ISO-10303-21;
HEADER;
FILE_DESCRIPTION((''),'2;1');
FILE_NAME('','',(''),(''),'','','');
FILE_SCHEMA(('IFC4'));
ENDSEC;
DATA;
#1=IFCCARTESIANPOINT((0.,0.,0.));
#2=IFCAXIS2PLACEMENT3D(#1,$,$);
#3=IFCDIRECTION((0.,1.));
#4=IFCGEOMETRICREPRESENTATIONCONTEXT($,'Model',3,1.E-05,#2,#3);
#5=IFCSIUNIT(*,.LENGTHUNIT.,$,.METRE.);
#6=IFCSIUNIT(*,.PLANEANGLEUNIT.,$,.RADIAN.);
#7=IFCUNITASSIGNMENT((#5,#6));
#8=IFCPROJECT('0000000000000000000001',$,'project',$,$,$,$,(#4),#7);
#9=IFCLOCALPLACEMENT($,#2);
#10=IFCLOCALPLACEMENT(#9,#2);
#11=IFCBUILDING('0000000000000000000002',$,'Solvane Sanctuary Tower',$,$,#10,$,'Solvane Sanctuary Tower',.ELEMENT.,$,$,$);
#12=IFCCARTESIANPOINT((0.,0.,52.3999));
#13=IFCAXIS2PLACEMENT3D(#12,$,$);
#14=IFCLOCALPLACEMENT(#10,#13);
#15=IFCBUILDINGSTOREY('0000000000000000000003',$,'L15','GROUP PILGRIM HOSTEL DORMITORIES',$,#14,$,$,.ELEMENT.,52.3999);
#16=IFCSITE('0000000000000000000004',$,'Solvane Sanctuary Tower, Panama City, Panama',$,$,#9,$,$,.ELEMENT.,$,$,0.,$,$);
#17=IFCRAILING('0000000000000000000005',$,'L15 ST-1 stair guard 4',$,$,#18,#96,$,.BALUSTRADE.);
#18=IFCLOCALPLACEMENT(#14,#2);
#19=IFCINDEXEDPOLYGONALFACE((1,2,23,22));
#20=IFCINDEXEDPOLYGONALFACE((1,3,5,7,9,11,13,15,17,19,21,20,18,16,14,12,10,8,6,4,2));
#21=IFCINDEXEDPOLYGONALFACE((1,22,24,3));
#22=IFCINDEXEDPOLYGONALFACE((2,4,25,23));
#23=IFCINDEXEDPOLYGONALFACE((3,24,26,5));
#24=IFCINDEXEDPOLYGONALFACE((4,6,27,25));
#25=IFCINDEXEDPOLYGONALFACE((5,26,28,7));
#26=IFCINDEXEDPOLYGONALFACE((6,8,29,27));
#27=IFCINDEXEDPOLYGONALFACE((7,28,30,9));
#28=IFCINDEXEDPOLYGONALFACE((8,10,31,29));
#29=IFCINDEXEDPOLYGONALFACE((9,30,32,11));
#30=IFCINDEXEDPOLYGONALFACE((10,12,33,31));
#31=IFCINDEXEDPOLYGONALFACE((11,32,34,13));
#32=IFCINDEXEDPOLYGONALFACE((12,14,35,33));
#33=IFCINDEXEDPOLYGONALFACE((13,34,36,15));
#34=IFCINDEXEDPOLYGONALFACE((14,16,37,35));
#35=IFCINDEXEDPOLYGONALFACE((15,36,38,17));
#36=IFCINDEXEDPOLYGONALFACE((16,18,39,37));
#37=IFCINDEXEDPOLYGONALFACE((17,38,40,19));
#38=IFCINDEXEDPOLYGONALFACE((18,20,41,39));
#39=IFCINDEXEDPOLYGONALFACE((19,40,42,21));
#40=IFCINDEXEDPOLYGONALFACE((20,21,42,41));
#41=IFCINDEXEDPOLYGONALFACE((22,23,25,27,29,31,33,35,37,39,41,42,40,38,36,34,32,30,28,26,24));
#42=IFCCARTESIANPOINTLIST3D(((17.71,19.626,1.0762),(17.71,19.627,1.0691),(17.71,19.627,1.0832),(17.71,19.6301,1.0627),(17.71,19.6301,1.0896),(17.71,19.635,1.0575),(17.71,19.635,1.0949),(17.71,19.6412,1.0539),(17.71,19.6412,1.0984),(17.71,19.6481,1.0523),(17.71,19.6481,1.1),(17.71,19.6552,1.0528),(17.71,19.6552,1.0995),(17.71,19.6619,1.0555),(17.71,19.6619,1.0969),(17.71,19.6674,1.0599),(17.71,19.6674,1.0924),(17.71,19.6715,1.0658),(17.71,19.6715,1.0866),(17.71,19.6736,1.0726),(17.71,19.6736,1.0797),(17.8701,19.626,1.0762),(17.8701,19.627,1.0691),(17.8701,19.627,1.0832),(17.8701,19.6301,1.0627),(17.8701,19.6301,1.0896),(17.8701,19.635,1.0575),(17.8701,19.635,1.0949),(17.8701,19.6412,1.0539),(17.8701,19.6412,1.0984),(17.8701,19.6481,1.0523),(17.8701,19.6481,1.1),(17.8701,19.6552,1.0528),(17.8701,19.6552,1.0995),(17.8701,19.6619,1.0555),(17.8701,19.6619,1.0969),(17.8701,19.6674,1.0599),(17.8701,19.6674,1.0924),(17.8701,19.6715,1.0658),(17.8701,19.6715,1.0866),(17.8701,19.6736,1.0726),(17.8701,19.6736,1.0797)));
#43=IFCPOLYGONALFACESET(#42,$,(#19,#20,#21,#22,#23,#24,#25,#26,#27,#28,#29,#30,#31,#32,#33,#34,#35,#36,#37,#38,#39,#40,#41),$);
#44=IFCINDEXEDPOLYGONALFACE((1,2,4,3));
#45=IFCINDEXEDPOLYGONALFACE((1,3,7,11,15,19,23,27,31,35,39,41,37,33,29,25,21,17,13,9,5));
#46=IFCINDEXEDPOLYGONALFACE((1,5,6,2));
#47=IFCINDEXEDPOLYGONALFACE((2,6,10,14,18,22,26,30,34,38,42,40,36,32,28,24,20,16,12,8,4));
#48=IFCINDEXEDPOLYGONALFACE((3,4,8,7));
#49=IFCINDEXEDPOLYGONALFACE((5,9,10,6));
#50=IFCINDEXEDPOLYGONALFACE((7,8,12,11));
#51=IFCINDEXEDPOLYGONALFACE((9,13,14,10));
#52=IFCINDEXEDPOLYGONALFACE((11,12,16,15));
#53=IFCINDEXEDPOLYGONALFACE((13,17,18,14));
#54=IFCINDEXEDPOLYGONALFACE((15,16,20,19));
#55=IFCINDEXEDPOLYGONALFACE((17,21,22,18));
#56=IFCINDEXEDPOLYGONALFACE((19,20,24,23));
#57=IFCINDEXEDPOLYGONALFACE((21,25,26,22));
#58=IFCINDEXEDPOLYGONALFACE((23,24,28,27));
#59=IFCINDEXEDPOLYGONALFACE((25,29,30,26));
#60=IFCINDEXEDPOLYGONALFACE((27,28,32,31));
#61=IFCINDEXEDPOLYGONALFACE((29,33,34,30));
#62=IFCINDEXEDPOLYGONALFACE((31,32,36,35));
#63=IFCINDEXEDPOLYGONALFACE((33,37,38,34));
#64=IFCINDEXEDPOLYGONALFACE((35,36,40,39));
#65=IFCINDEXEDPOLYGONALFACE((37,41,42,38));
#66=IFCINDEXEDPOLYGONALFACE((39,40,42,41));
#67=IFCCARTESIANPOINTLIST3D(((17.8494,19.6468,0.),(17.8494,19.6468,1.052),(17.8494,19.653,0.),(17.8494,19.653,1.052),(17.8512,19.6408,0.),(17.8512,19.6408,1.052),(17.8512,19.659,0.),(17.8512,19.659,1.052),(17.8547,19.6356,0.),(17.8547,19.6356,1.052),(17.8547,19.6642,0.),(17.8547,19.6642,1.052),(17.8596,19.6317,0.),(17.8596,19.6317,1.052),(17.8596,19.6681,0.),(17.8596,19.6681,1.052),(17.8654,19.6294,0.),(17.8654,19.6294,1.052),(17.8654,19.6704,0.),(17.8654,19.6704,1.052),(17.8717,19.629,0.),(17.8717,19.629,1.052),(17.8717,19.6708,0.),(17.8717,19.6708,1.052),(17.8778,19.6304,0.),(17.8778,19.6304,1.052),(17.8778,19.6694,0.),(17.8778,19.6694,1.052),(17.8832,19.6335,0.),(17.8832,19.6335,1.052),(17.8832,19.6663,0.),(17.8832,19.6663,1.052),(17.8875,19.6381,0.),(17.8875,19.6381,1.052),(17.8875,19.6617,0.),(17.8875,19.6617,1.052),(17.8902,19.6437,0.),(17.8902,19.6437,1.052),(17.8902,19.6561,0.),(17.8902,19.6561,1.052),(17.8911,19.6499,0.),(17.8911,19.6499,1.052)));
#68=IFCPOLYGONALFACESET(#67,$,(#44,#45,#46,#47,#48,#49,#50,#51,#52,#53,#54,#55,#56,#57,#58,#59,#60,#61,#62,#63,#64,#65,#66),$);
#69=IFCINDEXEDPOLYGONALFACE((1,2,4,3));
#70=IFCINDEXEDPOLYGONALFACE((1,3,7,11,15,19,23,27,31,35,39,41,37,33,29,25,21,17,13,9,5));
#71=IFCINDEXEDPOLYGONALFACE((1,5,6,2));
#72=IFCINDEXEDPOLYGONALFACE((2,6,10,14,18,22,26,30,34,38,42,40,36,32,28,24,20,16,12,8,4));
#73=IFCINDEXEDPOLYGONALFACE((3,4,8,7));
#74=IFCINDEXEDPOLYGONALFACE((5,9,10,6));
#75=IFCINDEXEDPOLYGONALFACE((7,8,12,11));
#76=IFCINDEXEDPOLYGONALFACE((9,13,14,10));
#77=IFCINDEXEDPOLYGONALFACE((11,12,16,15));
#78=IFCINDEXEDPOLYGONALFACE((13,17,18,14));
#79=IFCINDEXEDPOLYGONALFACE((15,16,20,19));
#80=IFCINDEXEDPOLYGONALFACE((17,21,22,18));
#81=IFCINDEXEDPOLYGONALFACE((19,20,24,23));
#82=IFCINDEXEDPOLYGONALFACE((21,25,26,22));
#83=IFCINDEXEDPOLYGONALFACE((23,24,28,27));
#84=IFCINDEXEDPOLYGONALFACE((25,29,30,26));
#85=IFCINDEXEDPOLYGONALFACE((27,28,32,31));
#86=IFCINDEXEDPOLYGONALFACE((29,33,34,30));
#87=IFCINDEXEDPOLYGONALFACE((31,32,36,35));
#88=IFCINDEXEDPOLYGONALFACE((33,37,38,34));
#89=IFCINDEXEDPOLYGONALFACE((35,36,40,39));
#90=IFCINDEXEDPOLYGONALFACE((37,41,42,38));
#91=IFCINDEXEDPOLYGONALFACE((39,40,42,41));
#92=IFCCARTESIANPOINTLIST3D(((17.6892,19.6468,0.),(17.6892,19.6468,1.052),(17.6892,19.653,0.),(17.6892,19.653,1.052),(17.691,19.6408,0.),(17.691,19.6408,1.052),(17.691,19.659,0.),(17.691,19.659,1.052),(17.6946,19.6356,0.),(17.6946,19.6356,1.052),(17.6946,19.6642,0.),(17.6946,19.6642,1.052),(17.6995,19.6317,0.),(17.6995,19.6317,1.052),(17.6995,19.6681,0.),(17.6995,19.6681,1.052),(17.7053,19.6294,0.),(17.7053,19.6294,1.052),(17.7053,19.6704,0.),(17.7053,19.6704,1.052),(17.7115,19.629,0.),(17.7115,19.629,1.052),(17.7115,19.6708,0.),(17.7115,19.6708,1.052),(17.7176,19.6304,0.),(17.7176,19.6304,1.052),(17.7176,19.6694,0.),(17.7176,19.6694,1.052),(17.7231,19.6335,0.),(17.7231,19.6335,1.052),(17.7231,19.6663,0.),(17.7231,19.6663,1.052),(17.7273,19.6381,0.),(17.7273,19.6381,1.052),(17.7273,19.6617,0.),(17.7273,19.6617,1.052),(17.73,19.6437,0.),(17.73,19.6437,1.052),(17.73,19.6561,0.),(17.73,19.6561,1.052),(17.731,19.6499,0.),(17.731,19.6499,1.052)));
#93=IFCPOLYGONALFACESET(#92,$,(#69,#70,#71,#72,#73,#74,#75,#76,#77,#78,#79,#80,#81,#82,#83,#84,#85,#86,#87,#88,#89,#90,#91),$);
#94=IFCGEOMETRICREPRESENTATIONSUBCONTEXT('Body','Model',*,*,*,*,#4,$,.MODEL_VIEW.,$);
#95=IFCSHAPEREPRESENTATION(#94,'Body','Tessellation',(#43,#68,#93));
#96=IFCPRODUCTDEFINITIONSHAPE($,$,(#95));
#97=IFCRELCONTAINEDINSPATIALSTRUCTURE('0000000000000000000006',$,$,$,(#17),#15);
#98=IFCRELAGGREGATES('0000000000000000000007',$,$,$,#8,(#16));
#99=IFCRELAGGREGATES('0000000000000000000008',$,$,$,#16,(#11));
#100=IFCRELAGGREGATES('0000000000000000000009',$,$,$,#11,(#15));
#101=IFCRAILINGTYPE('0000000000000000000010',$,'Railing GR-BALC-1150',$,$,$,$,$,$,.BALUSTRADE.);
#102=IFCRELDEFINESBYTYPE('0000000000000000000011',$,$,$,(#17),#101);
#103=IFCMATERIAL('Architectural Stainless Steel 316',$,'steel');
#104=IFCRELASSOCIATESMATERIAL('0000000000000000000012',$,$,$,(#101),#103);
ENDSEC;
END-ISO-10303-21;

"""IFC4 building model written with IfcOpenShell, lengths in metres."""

from ifc_helpers import new_model, si_unit, direction, frame, origin, origin_2d, place, context, subcontext, project, spatial, circle, extrude, material, type_object, element, save


model = new_model("IFC4")

# Units and contexts
model_context = context("Model", 3, precision=1e-05, world=origin(), true_north=direction((0.0, 1.0)))
body_context = subcontext(model_context, "Body", "Model", "MODEL_VIEW")
ifc_project = project(units=[si_unit("LENGTHUNIT", "METRE"), si_unit("PLANEANGLEUNIT", "RADIAN")], contexts=[model_context])

# Site, building, storey
site_placement = place(None, origin())
site = spatial("IfcSite", under=ifc_project, at=site_placement, Name="Solvane Sanctuary Tower, Panama City, Panama", CompositionType="ELEMENT", RefElevation=0.0)
building_placement = place(site_placement, origin())
building = spatial("IfcBuilding", under=site, at=building_placement, Name="Solvane Sanctuary Tower", LongName="Solvane Sanctuary Tower", CompositionType="ELEMENT")
storey_placement = place(building_placement, frame((0.0, 0.0, 52.3999)))
storey = spatial("IfcBuildingStorey", under=building, at=storey_placement, Name="L15", Description="GROUP PILGRIM HOSTEL DORMITORIES", CompositionType="ELEMENT", Elevation=52.3999)

# Shared definitions
ifc_material_1 = material(Name="Architectural Stainless Steel 316", Category="steel")

# Railing
railing_type_1 = type_object("IfcRailingType", Name="Railing GR-BALC-1150", PredefinedType="BALUSTRADE", material=ifc_material_1)
railing_1_placement = place(storey_placement, frame((17.8701, 19.6499, 0.0)))
element("IfcRailing", 1, at=railing_1_placement, inside=storey, type_object=railing_type_1, Name="L15 ST-1 stair guard 4", PredefinedType="BALUSTRADE", context=body_context, shape_type="SweptSolid", body=[
    extrude(circle(Radius=0.0239, at=origin_2d()), frame((0.0, 0.0, 1.0762), z_axis=(-1.0, 0.0, 0.0), x_axis=(0.0, -1.0, 0.0)), (0.0, 0.0, 1.0), 0.1602),
    extrude(circle(Radius=0.021, at=origin_2d()), origin(), (0.0, 0.0, 1.0), 1.052),
    extrude(circle(Radius=0.021, at=origin_2d()), frame((-0.1602, 0.0, 0.0)), (0.0, 0.0, 1.0), 1.052),
])

save(model, "model.ifc")
